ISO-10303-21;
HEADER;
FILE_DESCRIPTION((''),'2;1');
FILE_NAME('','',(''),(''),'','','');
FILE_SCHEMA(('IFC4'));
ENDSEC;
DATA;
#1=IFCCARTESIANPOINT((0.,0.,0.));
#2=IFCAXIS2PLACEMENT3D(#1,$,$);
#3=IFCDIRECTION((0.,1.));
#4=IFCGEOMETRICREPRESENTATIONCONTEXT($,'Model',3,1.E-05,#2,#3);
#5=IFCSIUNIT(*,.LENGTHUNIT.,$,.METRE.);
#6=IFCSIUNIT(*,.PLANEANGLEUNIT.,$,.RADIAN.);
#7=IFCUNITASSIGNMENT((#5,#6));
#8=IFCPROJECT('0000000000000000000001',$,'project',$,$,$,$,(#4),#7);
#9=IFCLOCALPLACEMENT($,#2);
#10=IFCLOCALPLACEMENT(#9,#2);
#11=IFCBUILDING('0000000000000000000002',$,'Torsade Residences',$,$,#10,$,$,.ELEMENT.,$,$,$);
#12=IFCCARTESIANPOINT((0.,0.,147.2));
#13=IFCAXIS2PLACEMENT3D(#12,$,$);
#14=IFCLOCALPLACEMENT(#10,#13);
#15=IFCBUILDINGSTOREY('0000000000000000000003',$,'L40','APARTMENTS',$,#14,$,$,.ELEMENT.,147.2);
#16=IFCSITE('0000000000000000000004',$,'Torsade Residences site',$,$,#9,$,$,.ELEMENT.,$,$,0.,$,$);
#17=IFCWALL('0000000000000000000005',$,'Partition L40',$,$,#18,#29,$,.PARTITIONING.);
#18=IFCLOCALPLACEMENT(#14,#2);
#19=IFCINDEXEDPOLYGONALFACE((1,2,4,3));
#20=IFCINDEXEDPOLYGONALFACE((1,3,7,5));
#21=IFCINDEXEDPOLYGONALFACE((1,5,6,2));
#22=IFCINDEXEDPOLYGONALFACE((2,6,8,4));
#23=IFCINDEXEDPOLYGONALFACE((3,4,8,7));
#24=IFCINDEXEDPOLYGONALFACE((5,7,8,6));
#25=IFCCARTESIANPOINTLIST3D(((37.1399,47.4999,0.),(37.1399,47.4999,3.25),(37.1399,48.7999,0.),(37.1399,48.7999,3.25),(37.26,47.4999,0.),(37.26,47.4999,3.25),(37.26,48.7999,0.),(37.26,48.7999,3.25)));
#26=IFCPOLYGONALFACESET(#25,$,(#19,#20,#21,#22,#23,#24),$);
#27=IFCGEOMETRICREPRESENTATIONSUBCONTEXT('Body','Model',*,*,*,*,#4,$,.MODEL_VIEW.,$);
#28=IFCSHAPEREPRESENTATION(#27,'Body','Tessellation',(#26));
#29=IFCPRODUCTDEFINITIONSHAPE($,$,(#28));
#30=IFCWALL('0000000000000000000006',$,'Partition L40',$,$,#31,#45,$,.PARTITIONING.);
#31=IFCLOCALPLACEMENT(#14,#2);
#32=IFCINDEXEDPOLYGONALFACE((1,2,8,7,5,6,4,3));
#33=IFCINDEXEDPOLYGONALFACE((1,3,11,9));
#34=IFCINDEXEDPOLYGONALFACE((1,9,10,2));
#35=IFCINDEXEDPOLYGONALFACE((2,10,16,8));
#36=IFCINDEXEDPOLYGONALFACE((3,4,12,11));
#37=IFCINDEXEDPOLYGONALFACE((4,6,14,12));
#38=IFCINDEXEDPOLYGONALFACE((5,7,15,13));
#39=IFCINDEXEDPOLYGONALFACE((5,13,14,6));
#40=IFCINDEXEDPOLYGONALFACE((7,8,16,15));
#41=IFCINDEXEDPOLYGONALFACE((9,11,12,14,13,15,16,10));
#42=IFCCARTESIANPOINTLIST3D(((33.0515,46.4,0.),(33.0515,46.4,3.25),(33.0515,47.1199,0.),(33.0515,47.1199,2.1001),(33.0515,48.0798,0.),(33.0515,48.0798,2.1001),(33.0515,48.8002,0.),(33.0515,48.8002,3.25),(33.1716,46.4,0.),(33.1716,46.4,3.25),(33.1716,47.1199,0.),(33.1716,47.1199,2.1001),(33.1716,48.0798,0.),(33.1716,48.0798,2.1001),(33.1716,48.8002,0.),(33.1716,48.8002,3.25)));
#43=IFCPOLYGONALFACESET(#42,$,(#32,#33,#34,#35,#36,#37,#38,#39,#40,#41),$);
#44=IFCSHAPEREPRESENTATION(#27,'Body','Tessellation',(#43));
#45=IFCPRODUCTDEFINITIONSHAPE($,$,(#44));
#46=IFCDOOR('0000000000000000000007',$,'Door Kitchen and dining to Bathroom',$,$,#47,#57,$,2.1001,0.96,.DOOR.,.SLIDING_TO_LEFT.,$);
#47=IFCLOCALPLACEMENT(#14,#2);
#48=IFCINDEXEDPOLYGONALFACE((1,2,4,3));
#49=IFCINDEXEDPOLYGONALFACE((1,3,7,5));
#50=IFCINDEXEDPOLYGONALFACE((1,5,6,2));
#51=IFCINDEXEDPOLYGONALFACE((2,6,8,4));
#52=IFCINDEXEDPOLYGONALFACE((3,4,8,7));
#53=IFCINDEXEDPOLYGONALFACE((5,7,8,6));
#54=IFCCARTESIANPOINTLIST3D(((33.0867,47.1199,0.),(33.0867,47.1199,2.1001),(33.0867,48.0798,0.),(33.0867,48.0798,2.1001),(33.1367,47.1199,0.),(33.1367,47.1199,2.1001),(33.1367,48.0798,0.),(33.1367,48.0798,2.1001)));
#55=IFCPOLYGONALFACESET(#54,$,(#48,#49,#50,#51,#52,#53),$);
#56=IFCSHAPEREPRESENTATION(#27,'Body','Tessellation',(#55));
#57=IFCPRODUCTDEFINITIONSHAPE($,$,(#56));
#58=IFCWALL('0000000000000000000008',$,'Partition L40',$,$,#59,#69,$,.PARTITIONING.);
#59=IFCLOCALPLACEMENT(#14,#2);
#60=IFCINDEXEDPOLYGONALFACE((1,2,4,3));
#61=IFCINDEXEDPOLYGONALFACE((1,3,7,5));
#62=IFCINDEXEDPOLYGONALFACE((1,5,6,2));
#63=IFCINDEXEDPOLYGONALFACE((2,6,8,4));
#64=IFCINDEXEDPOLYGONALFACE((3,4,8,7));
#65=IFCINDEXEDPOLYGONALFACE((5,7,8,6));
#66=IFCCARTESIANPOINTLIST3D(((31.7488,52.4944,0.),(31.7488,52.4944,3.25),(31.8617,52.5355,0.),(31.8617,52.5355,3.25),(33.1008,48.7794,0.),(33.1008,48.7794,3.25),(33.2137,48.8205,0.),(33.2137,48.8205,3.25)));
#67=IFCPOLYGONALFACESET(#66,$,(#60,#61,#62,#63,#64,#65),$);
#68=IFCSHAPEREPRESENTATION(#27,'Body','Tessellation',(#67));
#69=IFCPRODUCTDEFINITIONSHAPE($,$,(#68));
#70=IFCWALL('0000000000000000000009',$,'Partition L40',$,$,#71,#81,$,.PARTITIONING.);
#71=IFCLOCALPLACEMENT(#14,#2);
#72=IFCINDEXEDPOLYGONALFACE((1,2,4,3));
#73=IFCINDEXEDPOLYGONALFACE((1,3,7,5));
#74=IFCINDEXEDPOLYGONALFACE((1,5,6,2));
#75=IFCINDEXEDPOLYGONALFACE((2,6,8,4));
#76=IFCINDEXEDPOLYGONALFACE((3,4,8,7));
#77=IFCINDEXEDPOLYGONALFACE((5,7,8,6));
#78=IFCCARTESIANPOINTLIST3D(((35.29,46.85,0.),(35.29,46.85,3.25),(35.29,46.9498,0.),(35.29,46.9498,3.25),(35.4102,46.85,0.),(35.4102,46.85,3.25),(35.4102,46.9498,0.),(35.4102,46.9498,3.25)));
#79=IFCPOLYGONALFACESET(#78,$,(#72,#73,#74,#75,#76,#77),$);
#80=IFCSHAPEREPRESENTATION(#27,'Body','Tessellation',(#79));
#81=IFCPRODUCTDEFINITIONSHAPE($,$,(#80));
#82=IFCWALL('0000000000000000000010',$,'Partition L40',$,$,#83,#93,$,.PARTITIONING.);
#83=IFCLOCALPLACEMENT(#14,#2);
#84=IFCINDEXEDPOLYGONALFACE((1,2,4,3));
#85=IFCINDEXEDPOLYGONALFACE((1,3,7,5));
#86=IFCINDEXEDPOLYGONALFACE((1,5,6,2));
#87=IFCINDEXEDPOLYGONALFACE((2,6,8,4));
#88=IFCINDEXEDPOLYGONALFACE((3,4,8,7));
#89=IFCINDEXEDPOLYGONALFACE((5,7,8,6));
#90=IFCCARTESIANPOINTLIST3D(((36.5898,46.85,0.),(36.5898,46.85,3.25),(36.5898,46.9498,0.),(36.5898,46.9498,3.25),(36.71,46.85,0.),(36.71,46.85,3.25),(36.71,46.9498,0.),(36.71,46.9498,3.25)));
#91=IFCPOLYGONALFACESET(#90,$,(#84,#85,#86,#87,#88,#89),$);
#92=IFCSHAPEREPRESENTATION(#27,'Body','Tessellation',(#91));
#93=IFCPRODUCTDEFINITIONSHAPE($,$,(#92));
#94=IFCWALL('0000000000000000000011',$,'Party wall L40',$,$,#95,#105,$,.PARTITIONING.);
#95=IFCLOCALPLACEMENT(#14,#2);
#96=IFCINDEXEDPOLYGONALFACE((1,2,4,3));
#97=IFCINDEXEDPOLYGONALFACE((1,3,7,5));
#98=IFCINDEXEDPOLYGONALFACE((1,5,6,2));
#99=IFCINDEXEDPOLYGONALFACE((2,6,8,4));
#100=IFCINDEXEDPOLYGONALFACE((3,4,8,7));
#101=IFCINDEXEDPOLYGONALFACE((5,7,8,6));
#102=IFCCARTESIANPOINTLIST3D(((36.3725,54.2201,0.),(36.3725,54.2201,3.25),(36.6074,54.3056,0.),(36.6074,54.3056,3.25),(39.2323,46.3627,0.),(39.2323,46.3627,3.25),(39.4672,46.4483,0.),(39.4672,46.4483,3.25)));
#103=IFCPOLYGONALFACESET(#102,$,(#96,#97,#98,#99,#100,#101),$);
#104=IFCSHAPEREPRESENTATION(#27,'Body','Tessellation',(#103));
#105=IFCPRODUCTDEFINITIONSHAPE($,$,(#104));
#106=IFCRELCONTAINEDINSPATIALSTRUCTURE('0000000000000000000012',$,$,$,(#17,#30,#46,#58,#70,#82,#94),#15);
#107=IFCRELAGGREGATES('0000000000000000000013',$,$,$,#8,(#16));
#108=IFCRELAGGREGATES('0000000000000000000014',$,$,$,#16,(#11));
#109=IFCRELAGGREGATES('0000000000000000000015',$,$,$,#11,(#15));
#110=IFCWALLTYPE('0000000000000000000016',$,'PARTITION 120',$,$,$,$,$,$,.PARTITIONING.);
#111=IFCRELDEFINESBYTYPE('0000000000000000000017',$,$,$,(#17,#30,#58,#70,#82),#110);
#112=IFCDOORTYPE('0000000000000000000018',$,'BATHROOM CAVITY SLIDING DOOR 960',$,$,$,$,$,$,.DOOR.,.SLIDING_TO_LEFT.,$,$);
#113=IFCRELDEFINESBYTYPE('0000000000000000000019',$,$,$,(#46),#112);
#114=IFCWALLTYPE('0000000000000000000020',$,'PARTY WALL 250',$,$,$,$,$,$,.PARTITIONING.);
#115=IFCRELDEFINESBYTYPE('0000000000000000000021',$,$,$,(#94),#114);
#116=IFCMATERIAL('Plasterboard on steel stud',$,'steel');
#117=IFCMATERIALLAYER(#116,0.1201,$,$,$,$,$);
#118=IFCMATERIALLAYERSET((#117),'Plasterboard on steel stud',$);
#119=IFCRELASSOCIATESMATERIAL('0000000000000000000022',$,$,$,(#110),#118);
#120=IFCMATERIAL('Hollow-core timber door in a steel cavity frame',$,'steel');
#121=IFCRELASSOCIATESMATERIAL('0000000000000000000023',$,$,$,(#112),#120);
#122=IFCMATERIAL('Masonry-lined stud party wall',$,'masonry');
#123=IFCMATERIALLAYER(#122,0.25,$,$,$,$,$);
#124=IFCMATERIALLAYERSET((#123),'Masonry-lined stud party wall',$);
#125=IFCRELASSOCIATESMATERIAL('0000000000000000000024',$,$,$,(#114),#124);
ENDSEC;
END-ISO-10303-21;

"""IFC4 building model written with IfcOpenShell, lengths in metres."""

from ifc_helpers import new_model, si_unit, direction, frame, frame_2d, origin, place, context, subcontext, project, spatial, rectangle, extrude, material, layer, layer_set, type_object, element, fill, save


model = new_model("IFC4")

# Units and contexts
model_context = context("Model", 3, precision=1e-05, world=origin(), true_north=direction((0.0, 1.0)))
body_context = subcontext(model_context, "Body", "Model", "MODEL_VIEW")
ifc_project = project(units=[si_unit("LENGTHUNIT", "METRE"), si_unit("PLANEANGLEUNIT", "RADIAN")], contexts=[model_context])

# Site, building, storey
site_placement = place(None, origin())
site = spatial("IfcSite", under=ifc_project, at=site_placement, Name="Torsade Residences site", CompositionType="ELEMENT", RefElevation=0.0)
building_placement = place(site_placement, origin())
building = spatial("IfcBuilding", under=site, at=building_placement, Name="Torsade Residences", CompositionType="ELEMENT")
storey_placement = place(building_placement, frame((0.0, 0.0, 147.2)))
storey = spatial("IfcBuildingStorey", under=building, at=storey_placement, Name="L40", Description="APARTMENTS", CompositionType="ELEMENT", Elevation=147.2)

# Shared definitions
ifc_material_1 = material(Name="Plasterboard on steel stud", Category="steel")
ifc_layer_1 = layer(ifc_material_1, 0.1201)
ifc_layer_set_1 = layer_set([ifc_layer_1], Name="Plasterboard on steel stud")
wall_type_1 = type_object("IfcWallType", Name="PARTITION 120", PredefinedType="PARTITIONING", material=ifc_layer_set_1)
ifc_material_2 = material(Name="Hollow-core timber door in a steel cavity frame", Category="steel")
door_type_1 = type_object("IfcDoorType", Name="BATHROOM CAVITY SLIDING DOOR 960", OperationType="SLIDING_TO_LEFT", PredefinedType="DOOR", material=ifc_material_2)

# Wall
wall_1_placement = place(storey_placement, frame((37.2, 47.5, 0.0), z_axis=(0.0, 0.0, 1.0), x_axis=(0.0, 1.0, 0.0)))
element("IfcWall", 1, at=wall_1_placement, inside=storey, type_object=wall_type_1, Name="Partition L40", PredefinedType="PARTITIONING", context=body_context, shape_type="SweptSolid", body=[
    extrude(rectangle(XDim=1.3, YDim=0.1201, at=frame_2d((0.6499, 0.0))), origin(), (0.0, 0.0, 1.0), 3.25),
])

# Wall, opening, door
wall_2_placement = place(storey_placement, frame((33.1116, 46.3999, 0.0), z_axis=(0.0, 0.0, 1.0), x_axis=(0.0, 1.0, 0.0)))
wall_2 = element("IfcWall", 2, at=wall_2_placement, inside=storey, type_object=wall_type_1, Name="Partition L40", PredefinedType="PARTITIONING", context=body_context, shape_type="SweptSolid", body=[
    extrude(rectangle(XDim=2.4001, YDim=0.1201, at=frame_2d((1.2002, 0.0))), origin(), (0.0, 0.0, 1.0), 3.25),
])
opening_1_placement = place(wall_2_placement, frame((0.72, 0.0, 0.0)))
opening_1 = element("IfcOpeningElement", 3, at=opening_1_placement, cuts=wall_2, PredefinedType="OPENING", context=body_context, shape_type="SweptSolid", body=[
    extrude(rectangle(XDim=0.96, YDim=2.1001, at=frame_2d((0.48, 1.05))), frame((0.0, 0.0701, 0.0), z_axis=(0.0, -1.0, 0.0), x_axis=(1.0, 0.0, 0.0)), (0.0, 0.0, 1.0), 0.1401),
])
door_1_placement = place(opening_1_placement, origin())
door_1 = element("IfcDoor", 4, at=door_1_placement, inside=storey, type_object=door_type_1, Name="Door Kitchen and dining to Bathroom", OperationType="SLIDING_TO_LEFT", OverallHeight=2.1001, OverallWidth=0.96, PredefinedType="DOOR", context=body_context, shape_type="SweptSolid", body=[
    extrude(rectangle(XDim=0.96, YDim=2.1001, at=frame_2d((0.48, 1.05))), frame((0.0, 0.0249, 0.0), z_axis=(0.0, -1.0, 0.0), x_axis=(1.0, 0.0, 0.0)), (0.0, 0.0, 1.0), 0.05),
])
fill(opening_1, door_1)

# Walls
wall_3_placement = place(storey_placement, frame((33.1572, 48.8, 0.0), z_axis=(0.0, 0.0, 1.0), x_axis=(-0.341991, 0.939703, 0.0)))
element("IfcWall", 5, at=wall_3_placement, inside=storey, type_object=wall_type_1, Name="Partition L40", PredefinedType="PARTITIONING", context=body_context, shape_type="SweptSolid", body=[
    extrude(rectangle(XDim=3.9534, YDim=0.1201, at=frame_2d((1.9766, 0.0))), origin(), (0.0, 0.0, 1.0), 3.25),
])
for number, where, z_axis, x_axis, name in (
    (6, (35.3501, 46.8501, 0.0), (0.0, 0.0, 1.0), (0.0, 1.0, 0.0), "Partition L40"),
    (7, (36.6499, 46.8501, 0.0), (0.0, 0.0, 1.0), (0.0, 1.0, 0.0), "Partition L40"),
):
    element("IfcWall", number, at=place(storey_placement, frame(where, z_axis=z_axis, x_axis=x_axis)), inside=storey, type_object=wall_type_1, Name=name, PredefinedType="PARTITIONING", context=body_context, shape_type="SweptSolid", body=[
        extrude(rectangle(XDim=0.0999, YDim=0.1201, at=frame_2d((0.0498, 0.0))), origin(), (0.0, 0.0, 1.0), 3.25),
    ])
ifc_material_3 = material(Name="Masonry-lined stud party wall", Category="masonry")
ifc_layer_2 = layer(ifc_material_3, 0.25)
ifc_layer_set_2 = layer_set([ifc_layer_2], Name="Masonry-lined stud party wall")
wall_type_2 = type_object("IfcWallType", Name="PARTY WALL 250", PredefinedType="PARTITIONING", material=ifc_layer_set_2)
wall_4_placement = place(storey_placement, frame((36.49, 54.2627, 0.0), z_axis=(0.0, 0.0, 1.0), x_axis=(0.34202, -0.939693, 0.0)))
element("IfcWall", 8, at=wall_4_placement, inside=storey, type_object=wall_type_2, Name="Party wall L40", PredefinedType="PARTITIONING", context=body_context, shape_type="SweptSolid", body=[
    extrude(rectangle(XDim=8.3616, YDim=0.25, at=frame_2d((4.1807, 0.0))), origin(), (0.0, 0.0, 1.0), 3.25),
])

save(model, "model.ifc")
